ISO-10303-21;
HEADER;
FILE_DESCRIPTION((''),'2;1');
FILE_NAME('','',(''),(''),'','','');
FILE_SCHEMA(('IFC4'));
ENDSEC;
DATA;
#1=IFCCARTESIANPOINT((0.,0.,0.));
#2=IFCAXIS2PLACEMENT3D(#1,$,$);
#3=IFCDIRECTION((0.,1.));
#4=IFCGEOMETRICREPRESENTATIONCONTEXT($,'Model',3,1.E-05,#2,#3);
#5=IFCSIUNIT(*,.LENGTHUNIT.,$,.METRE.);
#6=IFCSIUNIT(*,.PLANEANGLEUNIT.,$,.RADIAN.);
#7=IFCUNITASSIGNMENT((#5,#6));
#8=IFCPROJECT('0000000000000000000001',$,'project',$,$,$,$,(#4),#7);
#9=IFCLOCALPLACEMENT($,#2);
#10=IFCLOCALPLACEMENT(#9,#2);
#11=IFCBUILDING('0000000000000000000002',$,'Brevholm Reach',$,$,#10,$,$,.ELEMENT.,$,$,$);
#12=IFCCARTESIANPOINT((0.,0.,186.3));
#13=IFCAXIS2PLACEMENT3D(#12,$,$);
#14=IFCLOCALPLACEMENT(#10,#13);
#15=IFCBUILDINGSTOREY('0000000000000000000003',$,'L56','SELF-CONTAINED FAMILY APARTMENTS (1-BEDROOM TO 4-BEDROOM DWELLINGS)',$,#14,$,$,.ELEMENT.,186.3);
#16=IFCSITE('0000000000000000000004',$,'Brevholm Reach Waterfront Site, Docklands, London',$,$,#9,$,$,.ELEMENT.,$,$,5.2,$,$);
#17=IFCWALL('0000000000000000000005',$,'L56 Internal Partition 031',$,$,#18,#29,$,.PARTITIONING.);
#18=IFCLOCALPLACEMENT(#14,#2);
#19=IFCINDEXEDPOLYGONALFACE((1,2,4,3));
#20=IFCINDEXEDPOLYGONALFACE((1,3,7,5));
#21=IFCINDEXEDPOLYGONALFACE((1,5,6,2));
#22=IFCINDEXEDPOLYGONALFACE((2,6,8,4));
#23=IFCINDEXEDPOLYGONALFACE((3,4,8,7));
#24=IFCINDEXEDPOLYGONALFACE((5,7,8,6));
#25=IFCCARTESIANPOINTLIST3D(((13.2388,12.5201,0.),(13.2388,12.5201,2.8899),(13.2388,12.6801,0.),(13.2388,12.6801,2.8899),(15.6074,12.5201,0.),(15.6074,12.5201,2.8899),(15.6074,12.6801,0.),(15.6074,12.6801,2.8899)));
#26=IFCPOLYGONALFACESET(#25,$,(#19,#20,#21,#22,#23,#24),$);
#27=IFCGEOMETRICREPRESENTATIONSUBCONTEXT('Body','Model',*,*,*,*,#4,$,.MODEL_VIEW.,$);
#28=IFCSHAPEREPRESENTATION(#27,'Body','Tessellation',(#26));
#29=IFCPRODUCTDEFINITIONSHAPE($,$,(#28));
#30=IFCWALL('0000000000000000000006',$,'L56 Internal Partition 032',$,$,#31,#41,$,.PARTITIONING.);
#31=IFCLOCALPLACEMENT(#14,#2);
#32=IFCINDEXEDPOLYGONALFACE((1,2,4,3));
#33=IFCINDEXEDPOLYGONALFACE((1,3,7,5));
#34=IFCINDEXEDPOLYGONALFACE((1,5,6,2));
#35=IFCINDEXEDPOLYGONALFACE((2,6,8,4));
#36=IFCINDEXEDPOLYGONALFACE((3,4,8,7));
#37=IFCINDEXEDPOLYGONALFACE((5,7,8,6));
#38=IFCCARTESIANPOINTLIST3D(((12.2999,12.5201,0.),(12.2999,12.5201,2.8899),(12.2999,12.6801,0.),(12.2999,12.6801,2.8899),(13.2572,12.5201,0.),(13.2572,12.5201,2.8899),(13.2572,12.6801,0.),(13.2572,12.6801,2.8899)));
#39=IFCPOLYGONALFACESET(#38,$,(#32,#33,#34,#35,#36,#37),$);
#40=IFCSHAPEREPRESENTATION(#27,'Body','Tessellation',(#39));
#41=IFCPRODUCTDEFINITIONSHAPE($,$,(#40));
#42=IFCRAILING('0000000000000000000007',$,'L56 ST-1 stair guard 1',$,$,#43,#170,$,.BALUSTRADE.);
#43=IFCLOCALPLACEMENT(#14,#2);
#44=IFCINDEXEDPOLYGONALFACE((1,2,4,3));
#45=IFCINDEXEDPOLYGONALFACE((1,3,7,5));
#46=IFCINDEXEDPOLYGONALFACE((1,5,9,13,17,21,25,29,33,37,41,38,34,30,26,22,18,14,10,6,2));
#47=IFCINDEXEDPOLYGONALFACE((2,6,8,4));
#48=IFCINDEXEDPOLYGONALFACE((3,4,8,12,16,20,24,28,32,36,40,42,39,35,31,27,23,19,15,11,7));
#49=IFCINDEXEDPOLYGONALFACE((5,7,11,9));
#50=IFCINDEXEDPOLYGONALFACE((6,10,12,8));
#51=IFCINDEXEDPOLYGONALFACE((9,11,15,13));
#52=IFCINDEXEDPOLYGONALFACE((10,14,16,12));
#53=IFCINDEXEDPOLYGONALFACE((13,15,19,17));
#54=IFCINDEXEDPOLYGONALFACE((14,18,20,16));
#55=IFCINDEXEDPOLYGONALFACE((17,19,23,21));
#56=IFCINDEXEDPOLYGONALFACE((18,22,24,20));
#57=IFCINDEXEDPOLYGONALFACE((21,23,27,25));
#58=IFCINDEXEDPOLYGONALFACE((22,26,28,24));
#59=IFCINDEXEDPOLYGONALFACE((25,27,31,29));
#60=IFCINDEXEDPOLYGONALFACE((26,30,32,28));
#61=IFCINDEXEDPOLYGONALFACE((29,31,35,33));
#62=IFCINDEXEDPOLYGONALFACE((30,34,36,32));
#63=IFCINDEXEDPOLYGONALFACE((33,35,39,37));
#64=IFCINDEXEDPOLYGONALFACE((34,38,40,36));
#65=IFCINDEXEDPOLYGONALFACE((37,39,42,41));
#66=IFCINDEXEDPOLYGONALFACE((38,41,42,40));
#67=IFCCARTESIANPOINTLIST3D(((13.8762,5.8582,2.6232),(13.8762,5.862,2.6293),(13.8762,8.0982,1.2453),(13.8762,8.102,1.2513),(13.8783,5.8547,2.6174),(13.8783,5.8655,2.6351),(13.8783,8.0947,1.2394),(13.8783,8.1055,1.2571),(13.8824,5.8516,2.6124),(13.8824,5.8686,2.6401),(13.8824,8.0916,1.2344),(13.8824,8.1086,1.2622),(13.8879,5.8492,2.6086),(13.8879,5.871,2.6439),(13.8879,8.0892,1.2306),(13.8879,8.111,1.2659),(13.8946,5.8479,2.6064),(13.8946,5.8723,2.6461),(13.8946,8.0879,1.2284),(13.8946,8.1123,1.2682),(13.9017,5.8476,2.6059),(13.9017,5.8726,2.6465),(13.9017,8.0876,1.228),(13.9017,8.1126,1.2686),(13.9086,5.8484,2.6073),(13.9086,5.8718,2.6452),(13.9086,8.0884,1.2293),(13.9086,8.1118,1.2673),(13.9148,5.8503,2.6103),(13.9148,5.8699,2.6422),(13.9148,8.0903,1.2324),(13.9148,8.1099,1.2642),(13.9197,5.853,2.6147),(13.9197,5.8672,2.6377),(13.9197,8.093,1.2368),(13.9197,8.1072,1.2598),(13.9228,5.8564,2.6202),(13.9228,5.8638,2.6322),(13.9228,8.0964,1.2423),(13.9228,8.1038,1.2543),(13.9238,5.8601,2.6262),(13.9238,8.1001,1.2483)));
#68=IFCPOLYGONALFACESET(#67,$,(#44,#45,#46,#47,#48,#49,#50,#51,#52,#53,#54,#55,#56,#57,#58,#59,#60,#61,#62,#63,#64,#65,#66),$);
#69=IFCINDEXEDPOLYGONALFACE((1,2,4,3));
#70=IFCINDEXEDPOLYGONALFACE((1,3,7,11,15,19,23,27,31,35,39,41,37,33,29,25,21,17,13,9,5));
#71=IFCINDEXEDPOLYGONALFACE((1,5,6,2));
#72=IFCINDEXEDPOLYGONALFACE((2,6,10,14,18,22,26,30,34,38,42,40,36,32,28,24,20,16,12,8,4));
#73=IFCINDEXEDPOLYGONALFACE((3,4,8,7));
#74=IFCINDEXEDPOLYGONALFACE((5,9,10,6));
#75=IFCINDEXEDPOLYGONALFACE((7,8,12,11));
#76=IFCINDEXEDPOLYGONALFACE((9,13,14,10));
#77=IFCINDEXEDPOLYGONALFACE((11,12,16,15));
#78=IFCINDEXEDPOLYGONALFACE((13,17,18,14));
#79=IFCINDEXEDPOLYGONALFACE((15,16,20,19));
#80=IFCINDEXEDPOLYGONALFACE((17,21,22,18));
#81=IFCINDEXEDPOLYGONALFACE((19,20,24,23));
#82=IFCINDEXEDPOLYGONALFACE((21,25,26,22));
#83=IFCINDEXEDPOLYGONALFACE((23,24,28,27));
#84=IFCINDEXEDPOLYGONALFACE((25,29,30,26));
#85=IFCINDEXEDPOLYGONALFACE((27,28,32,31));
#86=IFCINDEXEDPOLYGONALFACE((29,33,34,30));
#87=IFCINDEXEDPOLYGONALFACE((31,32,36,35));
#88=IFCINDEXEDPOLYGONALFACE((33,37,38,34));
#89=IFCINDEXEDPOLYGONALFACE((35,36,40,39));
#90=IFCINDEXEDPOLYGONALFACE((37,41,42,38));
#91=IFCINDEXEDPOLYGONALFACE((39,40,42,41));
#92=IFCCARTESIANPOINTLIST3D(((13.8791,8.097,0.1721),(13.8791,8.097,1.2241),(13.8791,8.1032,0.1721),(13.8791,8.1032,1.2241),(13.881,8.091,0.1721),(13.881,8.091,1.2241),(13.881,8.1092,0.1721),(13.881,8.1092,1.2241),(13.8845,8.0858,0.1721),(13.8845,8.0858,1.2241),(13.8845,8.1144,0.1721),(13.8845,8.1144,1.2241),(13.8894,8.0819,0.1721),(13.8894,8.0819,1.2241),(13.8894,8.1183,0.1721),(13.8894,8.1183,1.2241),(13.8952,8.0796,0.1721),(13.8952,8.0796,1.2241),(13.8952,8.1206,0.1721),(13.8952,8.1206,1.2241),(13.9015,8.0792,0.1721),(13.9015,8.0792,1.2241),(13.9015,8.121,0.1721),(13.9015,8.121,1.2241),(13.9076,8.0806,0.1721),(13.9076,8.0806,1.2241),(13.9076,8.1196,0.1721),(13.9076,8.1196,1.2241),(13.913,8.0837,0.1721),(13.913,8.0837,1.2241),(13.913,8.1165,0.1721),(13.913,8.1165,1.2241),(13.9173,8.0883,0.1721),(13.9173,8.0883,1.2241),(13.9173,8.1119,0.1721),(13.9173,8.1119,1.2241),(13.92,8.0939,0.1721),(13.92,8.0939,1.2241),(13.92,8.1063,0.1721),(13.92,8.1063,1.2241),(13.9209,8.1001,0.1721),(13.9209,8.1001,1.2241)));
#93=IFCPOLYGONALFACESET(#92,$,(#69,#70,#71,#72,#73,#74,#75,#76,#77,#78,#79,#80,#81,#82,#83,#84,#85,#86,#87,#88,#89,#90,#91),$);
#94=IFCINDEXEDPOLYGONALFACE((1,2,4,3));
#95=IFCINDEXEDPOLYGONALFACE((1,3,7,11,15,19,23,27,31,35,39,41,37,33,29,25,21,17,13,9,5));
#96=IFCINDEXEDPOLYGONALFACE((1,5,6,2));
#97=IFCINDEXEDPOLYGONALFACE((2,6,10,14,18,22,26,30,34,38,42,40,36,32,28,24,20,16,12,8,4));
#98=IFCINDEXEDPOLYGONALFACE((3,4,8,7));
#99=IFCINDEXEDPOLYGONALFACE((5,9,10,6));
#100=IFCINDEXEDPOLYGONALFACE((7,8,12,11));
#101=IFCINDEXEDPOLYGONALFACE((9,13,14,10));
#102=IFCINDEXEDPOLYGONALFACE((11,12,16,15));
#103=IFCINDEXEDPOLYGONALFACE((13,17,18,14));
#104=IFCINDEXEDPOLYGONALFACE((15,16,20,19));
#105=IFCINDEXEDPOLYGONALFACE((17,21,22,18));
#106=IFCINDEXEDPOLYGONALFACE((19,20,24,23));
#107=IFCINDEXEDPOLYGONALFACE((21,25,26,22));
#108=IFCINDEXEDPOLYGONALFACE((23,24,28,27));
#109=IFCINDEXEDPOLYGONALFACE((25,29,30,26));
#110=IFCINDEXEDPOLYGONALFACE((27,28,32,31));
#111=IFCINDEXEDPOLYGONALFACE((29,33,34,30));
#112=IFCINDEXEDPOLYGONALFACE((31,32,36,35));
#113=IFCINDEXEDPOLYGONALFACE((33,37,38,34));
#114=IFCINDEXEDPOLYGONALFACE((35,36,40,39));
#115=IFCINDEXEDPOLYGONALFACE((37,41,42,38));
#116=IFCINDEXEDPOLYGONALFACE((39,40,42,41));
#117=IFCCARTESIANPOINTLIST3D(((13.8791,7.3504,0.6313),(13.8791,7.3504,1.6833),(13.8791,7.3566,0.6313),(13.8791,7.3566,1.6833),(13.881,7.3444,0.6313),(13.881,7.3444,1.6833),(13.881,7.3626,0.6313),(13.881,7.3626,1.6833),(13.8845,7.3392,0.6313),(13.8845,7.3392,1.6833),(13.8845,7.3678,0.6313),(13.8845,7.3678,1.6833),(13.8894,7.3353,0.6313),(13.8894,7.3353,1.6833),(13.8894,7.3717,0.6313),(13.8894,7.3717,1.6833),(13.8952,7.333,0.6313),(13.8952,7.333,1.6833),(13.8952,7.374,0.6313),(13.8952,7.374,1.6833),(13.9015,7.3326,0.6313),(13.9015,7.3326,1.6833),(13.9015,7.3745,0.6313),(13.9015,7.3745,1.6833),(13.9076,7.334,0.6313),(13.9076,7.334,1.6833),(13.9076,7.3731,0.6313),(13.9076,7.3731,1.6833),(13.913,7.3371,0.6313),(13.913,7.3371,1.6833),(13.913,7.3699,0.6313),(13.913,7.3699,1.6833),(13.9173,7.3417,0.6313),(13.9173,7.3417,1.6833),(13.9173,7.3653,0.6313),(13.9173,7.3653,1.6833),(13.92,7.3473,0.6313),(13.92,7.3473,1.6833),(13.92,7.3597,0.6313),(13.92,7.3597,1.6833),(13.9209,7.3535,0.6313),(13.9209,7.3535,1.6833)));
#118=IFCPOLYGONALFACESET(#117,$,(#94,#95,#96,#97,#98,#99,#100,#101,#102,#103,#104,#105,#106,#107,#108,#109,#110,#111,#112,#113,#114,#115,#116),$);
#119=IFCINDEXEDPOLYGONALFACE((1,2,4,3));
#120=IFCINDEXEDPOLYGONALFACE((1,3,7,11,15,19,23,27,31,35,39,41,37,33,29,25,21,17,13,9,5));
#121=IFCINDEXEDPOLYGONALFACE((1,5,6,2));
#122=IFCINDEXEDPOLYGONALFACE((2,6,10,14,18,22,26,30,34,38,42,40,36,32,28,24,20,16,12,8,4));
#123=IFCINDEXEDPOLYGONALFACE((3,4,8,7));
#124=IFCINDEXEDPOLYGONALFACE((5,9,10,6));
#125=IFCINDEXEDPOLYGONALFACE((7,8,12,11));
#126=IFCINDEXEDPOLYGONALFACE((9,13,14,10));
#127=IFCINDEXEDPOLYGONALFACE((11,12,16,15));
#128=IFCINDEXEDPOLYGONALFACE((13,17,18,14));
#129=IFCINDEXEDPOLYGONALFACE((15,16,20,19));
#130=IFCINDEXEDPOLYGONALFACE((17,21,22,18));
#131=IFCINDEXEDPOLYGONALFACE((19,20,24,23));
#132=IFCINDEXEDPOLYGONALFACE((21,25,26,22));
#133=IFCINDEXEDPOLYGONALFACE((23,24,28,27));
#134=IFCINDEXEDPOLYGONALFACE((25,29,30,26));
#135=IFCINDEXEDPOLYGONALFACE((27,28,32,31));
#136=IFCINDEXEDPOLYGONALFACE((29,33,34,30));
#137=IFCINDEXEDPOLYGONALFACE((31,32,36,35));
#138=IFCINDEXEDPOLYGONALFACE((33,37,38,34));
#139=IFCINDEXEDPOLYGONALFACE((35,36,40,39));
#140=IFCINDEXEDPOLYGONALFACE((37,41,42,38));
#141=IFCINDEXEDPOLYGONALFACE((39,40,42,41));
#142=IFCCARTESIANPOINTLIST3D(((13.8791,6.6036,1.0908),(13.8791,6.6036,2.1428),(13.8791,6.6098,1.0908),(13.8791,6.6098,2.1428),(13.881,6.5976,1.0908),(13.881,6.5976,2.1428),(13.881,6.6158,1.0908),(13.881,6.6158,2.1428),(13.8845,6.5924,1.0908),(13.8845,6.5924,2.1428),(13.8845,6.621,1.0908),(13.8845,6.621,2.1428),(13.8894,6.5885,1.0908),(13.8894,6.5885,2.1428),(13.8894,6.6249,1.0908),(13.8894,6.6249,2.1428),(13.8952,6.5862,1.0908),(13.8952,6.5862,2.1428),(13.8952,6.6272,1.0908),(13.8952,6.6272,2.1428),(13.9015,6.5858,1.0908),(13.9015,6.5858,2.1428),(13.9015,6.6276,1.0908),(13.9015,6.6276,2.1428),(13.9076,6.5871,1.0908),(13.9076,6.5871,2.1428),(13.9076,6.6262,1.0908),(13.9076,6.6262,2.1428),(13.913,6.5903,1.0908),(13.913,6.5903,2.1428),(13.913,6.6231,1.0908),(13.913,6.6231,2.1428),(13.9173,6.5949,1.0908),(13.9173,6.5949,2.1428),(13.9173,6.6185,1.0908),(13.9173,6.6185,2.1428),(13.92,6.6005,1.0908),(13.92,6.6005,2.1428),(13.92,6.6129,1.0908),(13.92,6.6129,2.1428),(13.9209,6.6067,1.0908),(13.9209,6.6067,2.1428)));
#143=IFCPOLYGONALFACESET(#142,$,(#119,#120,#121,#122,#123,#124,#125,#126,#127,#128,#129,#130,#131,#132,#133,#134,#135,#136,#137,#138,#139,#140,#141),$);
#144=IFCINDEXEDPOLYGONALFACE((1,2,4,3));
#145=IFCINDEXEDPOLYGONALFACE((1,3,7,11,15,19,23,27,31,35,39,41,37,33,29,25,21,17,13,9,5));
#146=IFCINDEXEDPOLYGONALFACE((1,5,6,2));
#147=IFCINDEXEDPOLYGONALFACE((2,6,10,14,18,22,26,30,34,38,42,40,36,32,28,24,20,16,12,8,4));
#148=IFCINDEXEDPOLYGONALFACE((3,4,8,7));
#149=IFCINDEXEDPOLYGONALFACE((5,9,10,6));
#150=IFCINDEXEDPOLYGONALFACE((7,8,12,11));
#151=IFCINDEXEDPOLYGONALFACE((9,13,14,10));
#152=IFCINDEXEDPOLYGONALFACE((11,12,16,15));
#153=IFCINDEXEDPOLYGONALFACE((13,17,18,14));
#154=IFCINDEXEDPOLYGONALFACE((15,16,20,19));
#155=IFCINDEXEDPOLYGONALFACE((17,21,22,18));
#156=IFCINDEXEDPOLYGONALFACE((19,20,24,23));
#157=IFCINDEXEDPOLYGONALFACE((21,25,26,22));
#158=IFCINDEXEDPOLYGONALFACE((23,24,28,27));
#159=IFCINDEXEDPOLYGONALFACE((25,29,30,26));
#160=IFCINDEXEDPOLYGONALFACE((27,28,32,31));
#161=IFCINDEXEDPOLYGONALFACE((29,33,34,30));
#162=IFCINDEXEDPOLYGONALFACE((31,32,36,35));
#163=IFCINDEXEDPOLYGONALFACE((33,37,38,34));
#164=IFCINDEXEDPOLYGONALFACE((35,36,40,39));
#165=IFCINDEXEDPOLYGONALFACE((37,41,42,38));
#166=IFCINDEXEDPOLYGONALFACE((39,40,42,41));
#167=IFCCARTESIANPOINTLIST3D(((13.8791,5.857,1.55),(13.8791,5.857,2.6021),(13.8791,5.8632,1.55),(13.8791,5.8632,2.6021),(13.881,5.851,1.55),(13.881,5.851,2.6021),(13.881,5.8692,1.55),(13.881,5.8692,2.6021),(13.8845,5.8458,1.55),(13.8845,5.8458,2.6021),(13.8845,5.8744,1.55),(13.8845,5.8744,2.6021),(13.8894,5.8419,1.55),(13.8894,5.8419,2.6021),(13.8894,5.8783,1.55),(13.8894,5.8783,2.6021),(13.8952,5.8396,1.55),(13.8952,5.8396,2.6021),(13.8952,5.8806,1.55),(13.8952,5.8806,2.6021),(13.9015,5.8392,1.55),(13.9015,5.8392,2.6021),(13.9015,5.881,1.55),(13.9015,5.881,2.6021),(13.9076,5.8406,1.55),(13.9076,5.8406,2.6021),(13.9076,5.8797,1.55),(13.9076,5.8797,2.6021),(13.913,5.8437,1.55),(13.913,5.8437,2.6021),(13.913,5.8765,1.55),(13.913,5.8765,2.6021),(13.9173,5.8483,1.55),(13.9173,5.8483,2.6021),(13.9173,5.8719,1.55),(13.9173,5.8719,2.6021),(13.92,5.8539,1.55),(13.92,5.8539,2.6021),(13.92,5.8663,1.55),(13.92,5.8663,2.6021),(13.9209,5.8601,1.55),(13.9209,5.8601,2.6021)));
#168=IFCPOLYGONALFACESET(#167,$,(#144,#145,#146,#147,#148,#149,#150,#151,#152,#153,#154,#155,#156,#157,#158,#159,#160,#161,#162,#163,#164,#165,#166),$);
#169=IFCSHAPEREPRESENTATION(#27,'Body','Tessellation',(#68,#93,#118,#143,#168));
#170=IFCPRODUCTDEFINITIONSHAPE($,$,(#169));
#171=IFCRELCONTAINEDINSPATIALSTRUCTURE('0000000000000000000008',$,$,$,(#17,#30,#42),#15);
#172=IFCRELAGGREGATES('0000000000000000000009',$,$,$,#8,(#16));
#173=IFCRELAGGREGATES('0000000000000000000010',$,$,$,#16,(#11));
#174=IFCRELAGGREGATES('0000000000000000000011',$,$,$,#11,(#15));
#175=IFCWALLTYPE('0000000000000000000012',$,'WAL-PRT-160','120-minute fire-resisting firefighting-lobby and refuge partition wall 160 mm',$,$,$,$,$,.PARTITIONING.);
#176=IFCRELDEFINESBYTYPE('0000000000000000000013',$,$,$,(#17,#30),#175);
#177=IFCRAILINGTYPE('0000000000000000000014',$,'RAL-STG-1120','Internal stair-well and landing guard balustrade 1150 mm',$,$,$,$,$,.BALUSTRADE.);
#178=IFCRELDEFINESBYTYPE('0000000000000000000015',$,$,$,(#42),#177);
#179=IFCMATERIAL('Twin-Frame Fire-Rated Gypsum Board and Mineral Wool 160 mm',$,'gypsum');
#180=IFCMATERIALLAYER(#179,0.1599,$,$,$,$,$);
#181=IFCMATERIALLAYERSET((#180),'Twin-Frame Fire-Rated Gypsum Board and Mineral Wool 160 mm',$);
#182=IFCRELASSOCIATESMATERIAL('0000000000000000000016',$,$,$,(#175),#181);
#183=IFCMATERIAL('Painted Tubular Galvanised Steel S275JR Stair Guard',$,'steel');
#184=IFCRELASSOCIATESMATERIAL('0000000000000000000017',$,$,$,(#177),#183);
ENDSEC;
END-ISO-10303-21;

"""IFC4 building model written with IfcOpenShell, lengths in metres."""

from ifc_helpers import new_model, si_unit, direction, frame, frame_2d, origin, origin_2d, place, context, subcontext, project, spatial, rectangle, circle, extrude, material, layer, layer_set, type_object, element, save


model = new_model("IFC4")

# Units and contexts
model_context = context("Model", 3, precision=1e-05, world=origin(), true_north=direction((0.0, 1.0)))
body_context = subcontext(model_context, "Body", "Model", "MODEL_VIEW")
ifc_project = project(units=[si_unit("LENGTHUNIT", "METRE"), si_unit("PLANEANGLEUNIT", "RADIAN")], contexts=[model_context])

# Site, building, storey
site_placement = place(None, origin())
site = spatial("IfcSite", under=ifc_project, at=site_placement, Name="Brevholm Reach Waterfront Site, Docklands, London", CompositionType="ELEMENT", RefElevation=5.2)
building_placement = place(site_placement, origin())
building = spatial("IfcBuilding", under=site, at=building_placement, Name="Brevholm Reach", CompositionType="ELEMENT")
storey_placement = place(building_placement, frame((0.0, 0.0, 186.3)))
storey = spatial("IfcBuildingStorey", under=building, at=storey_placement, Name="L56", Description="SELF-CONTAINED FAMILY APARTMENTS (1-BEDROOM TO 4-BEDROOM DWELLINGS)", CompositionType="ELEMENT", Elevation=186.3)

# Shared definitions
ifc_material_1 = material(Name="Twin-Frame Fire-Rated Gypsum Board and Mineral Wool 160 mm", Category="gypsum")
ifc_layer_1 = layer(ifc_material_1, 0.1599)
ifc_layer_set_1 = layer_set([ifc_layer_1], Name="Twin-Frame Fire-Rated Gypsum Board and Mineral Wool 160 mm")
wall_type_1 = type_object("IfcWallType", Name="WAL-PRT-160", Description="120-minute fire-resisting firefighting-lobby and refuge partition wall 160 mm", PredefinedType="PARTITIONING", material=ifc_layer_set_1)

# Walls
wall_1_placement = place(storey_placement, frame((13.2388, 12.6001, 0.0), z_axis=(0.0, 0.0, 1.0), x_axis=(1.0, 0.0, 0.0)))
element("IfcWall", 1, at=wall_1_placement, inside=storey, type_object=wall_type_1, Name="L56 Internal Partition 031", PredefinedType="PARTITIONING", context=body_context, shape_type="SweptSolid", body=[
    extrude(rectangle(XDim=2.3687, YDim=0.1599, at=frame_2d((1.1843, 0.0))), origin(), (0.0, 0.0, 1.0), 2.8899),
])
wall_2_placement = place(storey_placement, frame((12.3, 12.6001, 0.0), z_axis=(0.0, 0.0, 1.0), x_axis=(1.0, 0.0, 0.0)))
element("IfcWall", 2, at=wall_2_placement, inside=storey, type_object=wall_type_1, Name="L56 Internal Partition 032", PredefinedType="PARTITIONING", context=body_context, shape_type="SweptSolid", body=[
    extrude(rectangle(XDim=0.9573, YDim=0.1599, at=frame_2d((0.4785, 0.0))), origin(), (0.0, 0.0, 1.0), 2.8899),
])

# Railing
ifc_material_2 = material(Name="Painted Tubular Galvanised Steel S275JR Stair Guard", Category="steel")
railing_type = type_object("IfcRailingType", Name="RAL-STG-1120", Description="Internal stair-well and landing guard balustrade 1150 mm", PredefinedType="BALUSTRADE", material=ifc_material_2)
railing_1_placement = place(storey_placement, frame((13.8999, 8.1001, 0.1721)))
element("IfcRailing", 3, at=railing_1_placement, inside=storey, type_object=railing_type, Name="L56 ST-1 stair guard 1", PredefinedType="BALUSTRADE", context=body_context, shape_type="SweptSolid", body=[
    extrude(circle(Radius=0.0239, at=origin_2d()), frame((0.0, 0.0, 1.0762), z_axis=(0.0, -0.851748, 0.523952), x_axis=(1.0, 0.0, 0.0)), (0.0, 0.0, 1.0), 2.6299),
    extrude(circle(Radius=0.021, at=origin_2d()), origin(), (0.0, 0.0, 1.0), 1.052),
    extrude(circle(Radius=0.021, at=origin_2d()), frame((0.0, -0.7466, 0.4592)), (0.0, 0.0, 1.0), 1.052),
    extrude(circle(Radius=0.021, at=origin_2d()), frame((0.0, -1.4934, 0.9187)), (0.0, 0.0, 1.0), 1.052),
    extrude(circle(Radius=0.021, at=origin_2d()), frame((0.0, -2.24, 1.3779)), (0.0, 0.0, 1.0), 1.052),
])

save(model, "model.ifc")
